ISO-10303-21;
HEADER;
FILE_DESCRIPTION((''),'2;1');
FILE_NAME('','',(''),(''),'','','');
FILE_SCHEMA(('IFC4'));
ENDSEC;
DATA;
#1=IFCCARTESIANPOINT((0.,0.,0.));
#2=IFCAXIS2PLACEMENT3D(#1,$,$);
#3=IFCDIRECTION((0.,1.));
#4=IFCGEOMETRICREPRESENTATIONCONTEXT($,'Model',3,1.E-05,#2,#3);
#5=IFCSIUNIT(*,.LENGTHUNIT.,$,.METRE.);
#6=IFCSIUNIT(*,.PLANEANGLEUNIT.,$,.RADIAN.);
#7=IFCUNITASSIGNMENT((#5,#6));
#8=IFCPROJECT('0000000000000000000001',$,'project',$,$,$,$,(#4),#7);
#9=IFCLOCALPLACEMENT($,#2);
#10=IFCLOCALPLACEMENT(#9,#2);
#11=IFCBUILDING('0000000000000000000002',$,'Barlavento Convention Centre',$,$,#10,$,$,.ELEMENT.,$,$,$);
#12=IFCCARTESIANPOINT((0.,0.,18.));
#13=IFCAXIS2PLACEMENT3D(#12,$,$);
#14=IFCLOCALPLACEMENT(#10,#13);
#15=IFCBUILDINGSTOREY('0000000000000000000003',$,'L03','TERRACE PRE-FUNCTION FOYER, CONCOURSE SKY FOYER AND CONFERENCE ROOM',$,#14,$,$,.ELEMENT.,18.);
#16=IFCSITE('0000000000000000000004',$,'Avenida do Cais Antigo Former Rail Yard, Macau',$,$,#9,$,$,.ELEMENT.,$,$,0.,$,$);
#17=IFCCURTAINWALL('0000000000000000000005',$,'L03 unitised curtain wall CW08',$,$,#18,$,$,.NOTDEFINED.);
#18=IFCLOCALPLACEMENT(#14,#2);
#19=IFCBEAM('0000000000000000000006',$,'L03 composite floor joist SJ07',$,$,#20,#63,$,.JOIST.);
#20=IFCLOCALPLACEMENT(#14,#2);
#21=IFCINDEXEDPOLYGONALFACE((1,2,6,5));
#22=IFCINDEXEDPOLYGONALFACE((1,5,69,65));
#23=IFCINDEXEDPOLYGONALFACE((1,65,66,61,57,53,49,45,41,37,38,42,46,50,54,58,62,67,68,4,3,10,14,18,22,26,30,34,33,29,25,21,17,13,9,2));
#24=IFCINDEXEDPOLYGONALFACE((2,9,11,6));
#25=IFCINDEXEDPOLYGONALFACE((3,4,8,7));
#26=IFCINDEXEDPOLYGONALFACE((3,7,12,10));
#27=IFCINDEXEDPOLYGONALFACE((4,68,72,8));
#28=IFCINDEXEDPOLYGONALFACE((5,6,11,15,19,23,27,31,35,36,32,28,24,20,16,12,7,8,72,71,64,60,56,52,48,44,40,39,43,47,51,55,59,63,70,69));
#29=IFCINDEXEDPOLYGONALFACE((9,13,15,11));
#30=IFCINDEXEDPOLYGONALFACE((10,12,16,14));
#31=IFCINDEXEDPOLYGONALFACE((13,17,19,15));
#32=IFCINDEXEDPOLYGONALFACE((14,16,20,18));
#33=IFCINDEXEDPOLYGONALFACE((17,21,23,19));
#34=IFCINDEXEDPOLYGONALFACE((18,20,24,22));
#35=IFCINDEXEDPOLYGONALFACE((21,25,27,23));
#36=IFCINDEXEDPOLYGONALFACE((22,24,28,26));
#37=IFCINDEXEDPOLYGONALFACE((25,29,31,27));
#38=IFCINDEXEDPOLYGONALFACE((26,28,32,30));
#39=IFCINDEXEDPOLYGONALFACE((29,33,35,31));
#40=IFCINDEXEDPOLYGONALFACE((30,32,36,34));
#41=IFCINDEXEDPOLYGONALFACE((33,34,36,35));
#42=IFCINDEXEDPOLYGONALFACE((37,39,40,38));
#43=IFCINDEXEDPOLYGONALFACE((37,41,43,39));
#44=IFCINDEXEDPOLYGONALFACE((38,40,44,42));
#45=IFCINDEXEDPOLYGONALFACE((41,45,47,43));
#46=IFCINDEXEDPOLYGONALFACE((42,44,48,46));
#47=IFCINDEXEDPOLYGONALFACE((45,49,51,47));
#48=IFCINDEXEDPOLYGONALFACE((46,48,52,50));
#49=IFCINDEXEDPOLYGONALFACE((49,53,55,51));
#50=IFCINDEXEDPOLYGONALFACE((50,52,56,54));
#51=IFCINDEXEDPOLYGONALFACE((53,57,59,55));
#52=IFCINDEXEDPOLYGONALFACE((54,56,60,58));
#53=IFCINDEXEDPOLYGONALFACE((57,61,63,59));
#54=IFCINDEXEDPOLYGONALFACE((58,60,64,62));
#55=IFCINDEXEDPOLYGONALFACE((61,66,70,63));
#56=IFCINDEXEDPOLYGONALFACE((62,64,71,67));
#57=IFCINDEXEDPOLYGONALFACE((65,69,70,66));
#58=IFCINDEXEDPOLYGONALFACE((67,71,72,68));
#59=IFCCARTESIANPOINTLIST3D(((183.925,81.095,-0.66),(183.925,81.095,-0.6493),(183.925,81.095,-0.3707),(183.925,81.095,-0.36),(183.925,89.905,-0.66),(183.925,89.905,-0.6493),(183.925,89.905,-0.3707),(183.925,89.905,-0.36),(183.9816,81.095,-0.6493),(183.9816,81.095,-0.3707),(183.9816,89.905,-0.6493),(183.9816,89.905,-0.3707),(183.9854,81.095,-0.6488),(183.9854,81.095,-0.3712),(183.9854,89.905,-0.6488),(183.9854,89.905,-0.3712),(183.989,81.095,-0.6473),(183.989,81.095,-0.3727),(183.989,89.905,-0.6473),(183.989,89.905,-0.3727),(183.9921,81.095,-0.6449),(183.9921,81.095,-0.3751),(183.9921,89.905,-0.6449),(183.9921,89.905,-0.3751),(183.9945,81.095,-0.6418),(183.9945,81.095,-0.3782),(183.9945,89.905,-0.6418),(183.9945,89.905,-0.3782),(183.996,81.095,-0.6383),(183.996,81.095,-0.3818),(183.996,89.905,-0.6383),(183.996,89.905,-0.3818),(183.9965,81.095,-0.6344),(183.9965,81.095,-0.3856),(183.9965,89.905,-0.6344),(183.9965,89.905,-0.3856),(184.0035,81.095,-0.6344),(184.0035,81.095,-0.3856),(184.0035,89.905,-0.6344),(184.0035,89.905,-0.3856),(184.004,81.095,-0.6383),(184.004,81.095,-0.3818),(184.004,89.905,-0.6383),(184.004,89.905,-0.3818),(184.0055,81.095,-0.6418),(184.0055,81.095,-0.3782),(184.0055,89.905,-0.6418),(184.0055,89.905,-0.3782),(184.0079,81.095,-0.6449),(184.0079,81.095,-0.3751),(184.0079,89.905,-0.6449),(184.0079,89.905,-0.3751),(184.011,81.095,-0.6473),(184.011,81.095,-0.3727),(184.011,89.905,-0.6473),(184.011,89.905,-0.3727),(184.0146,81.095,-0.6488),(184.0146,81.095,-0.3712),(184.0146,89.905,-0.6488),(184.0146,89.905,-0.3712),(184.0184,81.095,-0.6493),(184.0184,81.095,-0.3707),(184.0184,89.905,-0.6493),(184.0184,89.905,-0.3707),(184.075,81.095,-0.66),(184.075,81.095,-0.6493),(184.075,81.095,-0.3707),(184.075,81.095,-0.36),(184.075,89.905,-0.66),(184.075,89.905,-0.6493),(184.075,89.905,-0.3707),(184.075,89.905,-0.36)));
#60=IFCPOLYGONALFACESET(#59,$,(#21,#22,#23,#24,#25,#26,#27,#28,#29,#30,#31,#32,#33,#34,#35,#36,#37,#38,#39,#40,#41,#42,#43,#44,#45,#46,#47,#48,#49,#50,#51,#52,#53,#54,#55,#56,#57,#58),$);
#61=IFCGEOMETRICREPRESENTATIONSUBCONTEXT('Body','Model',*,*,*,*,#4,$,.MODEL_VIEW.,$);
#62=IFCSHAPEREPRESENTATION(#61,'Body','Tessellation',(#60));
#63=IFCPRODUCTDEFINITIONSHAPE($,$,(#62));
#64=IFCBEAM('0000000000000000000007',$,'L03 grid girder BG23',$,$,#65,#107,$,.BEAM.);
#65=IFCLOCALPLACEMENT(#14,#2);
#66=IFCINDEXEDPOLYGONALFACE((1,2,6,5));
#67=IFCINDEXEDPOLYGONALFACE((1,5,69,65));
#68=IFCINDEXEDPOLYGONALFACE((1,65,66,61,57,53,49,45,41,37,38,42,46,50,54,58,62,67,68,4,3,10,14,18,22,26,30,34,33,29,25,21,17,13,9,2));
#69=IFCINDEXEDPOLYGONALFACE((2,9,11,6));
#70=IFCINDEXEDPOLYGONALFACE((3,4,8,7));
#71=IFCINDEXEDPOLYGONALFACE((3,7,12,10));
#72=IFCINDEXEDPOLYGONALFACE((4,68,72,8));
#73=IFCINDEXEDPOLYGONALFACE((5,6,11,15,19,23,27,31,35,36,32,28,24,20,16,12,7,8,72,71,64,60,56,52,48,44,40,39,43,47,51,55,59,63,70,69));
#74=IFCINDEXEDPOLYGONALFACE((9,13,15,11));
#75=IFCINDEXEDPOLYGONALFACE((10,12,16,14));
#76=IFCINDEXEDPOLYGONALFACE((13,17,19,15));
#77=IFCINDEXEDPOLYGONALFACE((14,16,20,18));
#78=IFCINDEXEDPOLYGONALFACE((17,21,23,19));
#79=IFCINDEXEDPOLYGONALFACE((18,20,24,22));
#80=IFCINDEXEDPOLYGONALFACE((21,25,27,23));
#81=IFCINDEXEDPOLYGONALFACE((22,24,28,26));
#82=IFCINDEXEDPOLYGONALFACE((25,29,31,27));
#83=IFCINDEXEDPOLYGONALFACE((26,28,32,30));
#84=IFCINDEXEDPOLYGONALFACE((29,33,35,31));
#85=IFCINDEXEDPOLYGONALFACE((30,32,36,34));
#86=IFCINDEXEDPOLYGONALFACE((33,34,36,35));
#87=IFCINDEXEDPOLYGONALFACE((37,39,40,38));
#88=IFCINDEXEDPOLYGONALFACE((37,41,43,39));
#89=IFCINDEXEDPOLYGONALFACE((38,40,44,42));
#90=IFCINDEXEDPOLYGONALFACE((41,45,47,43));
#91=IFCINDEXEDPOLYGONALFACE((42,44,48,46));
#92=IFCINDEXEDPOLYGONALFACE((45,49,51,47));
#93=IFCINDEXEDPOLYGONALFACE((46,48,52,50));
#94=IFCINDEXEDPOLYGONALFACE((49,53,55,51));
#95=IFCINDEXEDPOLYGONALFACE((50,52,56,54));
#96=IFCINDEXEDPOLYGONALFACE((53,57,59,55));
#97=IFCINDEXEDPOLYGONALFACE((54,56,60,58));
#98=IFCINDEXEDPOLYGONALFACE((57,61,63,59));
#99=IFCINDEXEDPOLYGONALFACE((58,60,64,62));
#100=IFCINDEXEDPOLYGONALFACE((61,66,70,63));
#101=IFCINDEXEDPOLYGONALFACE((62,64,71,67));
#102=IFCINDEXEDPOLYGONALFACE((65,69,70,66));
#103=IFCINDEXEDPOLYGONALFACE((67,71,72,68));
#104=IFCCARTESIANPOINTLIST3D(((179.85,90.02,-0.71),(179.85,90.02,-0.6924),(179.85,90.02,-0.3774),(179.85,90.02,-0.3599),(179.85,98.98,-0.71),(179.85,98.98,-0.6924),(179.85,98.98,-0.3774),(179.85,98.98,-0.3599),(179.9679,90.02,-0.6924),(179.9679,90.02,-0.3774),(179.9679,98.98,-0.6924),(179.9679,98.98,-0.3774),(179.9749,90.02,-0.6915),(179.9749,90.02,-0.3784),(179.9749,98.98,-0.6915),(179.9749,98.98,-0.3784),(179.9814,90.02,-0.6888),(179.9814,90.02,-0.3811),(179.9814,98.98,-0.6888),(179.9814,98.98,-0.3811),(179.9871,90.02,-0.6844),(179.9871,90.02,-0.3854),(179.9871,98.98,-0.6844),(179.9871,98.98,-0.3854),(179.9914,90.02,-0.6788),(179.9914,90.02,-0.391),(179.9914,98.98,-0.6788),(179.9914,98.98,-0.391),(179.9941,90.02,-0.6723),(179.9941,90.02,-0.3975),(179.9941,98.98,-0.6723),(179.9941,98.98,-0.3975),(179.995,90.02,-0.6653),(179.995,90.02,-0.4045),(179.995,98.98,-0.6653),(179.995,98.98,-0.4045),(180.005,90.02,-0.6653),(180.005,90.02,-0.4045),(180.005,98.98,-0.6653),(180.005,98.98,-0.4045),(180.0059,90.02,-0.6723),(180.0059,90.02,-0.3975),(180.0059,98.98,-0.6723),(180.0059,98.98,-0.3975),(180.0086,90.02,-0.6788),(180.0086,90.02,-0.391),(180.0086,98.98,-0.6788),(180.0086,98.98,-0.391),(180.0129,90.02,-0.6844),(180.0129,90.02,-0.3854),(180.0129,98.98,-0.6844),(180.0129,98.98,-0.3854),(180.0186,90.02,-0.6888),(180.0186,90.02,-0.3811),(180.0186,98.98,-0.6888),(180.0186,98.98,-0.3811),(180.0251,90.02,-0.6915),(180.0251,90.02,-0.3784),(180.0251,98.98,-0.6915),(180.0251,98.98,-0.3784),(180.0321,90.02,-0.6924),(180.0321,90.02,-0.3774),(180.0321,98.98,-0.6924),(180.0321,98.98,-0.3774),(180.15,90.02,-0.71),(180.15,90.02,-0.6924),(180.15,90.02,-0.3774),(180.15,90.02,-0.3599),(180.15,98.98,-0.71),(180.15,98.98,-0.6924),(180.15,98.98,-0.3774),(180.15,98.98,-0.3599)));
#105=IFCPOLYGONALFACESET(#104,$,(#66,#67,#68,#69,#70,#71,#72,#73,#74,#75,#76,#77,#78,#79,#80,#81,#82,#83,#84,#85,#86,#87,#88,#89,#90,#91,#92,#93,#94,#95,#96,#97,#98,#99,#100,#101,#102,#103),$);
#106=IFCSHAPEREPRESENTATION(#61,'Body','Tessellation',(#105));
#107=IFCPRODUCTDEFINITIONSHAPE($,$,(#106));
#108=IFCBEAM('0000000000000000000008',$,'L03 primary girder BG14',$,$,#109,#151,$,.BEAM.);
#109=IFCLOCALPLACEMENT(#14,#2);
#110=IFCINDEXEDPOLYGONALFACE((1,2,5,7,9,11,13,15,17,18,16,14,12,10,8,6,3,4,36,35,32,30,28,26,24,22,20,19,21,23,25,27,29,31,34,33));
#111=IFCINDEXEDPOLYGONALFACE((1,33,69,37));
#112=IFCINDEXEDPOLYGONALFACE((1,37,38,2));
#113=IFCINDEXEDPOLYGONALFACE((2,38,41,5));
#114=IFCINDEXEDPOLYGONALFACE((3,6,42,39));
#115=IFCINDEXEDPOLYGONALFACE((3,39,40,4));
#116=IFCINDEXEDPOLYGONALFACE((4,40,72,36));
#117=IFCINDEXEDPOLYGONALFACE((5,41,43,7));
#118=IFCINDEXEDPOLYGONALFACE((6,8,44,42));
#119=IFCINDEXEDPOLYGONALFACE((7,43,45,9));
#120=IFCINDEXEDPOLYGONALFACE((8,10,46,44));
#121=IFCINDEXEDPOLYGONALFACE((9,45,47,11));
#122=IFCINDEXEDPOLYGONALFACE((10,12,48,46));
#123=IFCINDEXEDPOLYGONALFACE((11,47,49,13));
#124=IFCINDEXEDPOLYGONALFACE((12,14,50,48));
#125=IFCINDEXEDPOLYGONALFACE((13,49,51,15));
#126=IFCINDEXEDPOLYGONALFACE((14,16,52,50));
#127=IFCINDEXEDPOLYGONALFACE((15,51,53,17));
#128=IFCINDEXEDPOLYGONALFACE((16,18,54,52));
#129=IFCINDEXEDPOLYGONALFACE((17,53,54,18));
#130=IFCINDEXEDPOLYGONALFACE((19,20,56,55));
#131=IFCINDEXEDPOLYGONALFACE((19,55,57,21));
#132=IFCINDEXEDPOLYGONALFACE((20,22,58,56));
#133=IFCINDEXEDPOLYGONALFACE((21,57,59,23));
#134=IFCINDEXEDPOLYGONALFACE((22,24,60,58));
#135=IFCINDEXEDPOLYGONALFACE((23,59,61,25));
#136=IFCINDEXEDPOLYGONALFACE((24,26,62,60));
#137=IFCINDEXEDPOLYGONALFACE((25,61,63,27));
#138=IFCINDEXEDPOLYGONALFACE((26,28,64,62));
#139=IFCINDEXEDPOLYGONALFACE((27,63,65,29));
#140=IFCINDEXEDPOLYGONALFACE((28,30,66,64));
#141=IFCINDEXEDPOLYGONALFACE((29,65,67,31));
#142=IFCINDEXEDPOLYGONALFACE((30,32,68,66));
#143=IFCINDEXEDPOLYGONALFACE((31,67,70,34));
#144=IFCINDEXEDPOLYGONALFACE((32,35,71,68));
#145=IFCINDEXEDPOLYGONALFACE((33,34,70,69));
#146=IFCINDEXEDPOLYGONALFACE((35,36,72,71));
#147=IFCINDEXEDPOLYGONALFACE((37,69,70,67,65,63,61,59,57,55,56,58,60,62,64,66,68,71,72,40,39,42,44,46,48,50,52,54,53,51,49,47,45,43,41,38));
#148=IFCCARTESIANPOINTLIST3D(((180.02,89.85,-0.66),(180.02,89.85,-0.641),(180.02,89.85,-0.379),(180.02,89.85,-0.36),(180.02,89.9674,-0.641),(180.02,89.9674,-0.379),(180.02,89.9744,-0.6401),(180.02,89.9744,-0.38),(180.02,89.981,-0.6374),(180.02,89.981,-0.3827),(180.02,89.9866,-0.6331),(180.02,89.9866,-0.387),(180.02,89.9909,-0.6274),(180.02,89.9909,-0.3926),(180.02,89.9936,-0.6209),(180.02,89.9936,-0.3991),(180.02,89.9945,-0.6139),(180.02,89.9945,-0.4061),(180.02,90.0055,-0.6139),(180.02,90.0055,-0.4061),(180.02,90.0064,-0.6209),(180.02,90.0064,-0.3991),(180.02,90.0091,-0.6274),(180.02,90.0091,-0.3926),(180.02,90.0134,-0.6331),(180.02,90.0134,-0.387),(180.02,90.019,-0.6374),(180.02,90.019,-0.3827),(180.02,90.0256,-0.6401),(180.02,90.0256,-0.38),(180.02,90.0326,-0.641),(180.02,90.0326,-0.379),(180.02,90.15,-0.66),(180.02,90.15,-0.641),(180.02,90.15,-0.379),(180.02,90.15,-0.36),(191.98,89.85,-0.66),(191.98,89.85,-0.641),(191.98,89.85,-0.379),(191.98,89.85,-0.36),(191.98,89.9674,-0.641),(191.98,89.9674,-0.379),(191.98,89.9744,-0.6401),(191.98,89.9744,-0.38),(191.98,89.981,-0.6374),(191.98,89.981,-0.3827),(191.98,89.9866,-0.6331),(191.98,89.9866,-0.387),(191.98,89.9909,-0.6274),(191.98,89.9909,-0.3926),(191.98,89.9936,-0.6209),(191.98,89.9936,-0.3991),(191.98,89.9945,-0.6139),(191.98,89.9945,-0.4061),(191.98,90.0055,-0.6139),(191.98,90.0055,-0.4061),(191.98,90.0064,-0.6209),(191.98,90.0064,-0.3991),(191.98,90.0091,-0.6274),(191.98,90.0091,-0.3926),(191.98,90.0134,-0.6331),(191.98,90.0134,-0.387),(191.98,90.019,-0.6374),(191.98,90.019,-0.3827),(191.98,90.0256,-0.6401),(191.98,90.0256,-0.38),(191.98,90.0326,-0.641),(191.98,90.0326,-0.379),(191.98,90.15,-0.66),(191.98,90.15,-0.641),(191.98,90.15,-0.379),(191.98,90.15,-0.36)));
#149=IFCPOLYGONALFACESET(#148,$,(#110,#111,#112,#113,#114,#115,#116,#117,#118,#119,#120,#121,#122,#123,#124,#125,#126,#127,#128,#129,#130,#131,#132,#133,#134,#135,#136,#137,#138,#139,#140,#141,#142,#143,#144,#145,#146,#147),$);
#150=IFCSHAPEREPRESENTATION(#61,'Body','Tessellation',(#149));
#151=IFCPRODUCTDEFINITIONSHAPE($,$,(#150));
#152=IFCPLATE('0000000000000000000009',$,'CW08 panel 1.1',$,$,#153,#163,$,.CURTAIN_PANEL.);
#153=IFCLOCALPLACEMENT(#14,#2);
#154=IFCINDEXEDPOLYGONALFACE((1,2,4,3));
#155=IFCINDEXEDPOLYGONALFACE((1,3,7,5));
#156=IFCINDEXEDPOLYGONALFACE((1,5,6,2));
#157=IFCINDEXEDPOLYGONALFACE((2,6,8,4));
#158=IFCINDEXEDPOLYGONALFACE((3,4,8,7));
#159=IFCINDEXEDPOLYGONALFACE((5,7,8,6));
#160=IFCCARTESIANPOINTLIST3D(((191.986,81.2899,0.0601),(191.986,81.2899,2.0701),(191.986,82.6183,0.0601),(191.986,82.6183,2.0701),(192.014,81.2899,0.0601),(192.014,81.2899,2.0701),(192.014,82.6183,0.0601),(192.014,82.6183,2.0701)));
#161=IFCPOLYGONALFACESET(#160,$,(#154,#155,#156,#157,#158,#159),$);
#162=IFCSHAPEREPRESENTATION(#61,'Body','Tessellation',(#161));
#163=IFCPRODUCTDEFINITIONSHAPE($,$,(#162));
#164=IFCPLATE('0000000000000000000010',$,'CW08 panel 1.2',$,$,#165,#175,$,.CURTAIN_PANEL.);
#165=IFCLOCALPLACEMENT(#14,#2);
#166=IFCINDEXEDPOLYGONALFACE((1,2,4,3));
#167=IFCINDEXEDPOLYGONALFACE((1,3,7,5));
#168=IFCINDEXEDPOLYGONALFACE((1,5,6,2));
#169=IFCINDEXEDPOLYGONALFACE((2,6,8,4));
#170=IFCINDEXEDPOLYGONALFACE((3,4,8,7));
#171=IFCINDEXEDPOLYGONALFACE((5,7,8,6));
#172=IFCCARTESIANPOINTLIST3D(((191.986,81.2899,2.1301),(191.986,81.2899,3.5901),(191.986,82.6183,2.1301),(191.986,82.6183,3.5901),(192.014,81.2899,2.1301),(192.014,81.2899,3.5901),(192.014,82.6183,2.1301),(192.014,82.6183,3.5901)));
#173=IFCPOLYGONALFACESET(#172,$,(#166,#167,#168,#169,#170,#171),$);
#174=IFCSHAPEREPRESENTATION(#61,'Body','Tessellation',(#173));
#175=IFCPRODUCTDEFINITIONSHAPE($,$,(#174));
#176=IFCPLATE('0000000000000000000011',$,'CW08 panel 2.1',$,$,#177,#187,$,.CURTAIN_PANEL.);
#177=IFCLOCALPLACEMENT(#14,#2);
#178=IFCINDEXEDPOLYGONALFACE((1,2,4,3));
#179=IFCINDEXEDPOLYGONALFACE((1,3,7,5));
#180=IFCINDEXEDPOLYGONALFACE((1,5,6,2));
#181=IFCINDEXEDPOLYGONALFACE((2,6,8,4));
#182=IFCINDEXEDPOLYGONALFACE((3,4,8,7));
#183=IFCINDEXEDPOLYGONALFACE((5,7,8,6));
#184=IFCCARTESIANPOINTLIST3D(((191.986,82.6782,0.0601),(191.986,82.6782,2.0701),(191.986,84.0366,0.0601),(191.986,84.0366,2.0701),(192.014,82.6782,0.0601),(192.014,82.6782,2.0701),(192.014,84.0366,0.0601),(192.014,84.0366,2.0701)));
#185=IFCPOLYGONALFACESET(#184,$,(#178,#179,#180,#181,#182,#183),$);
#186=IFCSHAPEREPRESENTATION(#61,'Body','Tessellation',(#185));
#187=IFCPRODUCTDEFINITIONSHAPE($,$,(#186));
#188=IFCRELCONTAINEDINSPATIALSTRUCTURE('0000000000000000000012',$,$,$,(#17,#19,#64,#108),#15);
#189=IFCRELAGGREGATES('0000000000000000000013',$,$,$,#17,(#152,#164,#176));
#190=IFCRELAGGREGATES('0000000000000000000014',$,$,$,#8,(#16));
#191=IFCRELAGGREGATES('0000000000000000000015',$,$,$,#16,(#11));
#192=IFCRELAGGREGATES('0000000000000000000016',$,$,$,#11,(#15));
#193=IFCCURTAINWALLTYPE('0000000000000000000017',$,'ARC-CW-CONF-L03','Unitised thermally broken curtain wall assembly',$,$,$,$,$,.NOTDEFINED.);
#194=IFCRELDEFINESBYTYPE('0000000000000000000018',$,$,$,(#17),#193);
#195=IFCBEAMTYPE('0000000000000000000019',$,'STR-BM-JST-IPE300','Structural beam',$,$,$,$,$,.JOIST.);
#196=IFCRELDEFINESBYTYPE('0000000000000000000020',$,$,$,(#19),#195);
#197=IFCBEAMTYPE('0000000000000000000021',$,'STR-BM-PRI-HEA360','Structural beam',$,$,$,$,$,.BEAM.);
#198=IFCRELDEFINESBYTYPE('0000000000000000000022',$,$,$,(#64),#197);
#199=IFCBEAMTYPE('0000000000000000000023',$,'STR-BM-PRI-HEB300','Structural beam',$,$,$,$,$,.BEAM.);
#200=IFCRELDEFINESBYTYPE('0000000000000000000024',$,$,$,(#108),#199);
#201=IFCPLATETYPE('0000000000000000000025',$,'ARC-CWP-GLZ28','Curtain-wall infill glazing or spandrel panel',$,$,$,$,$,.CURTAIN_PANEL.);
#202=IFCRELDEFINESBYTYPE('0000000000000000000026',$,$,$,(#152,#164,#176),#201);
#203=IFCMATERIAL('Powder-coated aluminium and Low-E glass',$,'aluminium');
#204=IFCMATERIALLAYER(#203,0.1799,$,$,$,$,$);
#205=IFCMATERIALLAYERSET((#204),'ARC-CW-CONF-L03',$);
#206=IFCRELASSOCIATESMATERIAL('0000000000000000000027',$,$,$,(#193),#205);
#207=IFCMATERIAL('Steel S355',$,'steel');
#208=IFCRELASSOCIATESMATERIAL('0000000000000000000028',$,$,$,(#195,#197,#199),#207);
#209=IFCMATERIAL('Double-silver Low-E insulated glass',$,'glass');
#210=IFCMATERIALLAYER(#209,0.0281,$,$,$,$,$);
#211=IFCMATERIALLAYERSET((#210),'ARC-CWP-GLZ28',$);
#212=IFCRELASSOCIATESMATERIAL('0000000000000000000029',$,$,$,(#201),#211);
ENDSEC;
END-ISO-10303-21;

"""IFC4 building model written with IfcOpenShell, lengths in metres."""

from ifc_helpers import new_model, si_unit, direction, frame, origin, origin_2d, place, context, subcontext, project, spatial, rectangle, i_section, extrude, material, layer, layer_set, material_profile, profile_set, type_object, element, aggregate, save


model = new_model("IFC4")

# Units and contexts
model_context = context("Model", 3, precision=1e-05, world=origin(), true_north=direction((0.0, 1.0)))
body_context = subcontext(model_context, "Body", "Model", "MODEL_VIEW")
ifc_project = project(units=[si_unit("LENGTHUNIT", "METRE"), si_unit("PLANEANGLEUNIT", "RADIAN")], contexts=[model_context])

# Site, building, storey
site_placement = place(None, origin())
site = spatial("IfcSite", under=ifc_project, at=site_placement, Name="Avenida do Cais Antigo Former Rail Yard, Macau", CompositionType="ELEMENT", RefElevation=0.0)
building_placement = place(site_placement, origin())
building = spatial("IfcBuilding", under=site, at=building_placement, Name="Barlavento Convention Centre", CompositionType="ELEMENT")
storey_placement = place(building_placement, frame((0.0, 0.0, 18.0)))
storey = spatial("IfcBuildingStorey", under=building, at=storey_placement, Name="L03", Description="TERRACE PRE-FUNCTION FOYER, CONCOURSE SKY FOYER AND CONFERENCE ROOM", CompositionType="ELEMENT", Elevation=18.0)

# Shared definitions
ifc_material_1 = material(Name="Steel S355", Category="steel")

# Curtain wall
ifc_material_2 = material(Name="Powder-coated aluminium and Low-E glass", Category="aluminium")
ifc_layer_1 = layer(ifc_material_2, 0.1799)
ifc_layer_set_1 = layer_set([ifc_layer_1], Name="ARC-CW-CONF-L03")
curtain_wall_type = type_object("IfcCurtainWallType", Name="ARC-CW-CONF-L03", Description="Unitised thermally broken curtain wall assembly", PredefinedType="NOTDEFINED", material=ifc_layer_set_1)
curtain_wall_placement = place(storey_placement, origin())
curtain_wall = element("IfcCurtainWall", 1, at=curtain_wall_placement, inside=storey, type_object=curtain_wall_type, Name="L03 unitised curtain wall CW08", PredefinedType="NOTDEFINED")

# Beams
ifc_material_profile_1 = material_profile(ifc_material_1, i_section(OverallWidth=0.1499, OverallDepth=0.3, WebThickness=0.0071, FlangeThickness=0.0107, FilletRadius=0.0149, at=origin_2d()), Name="IPE 300")
ifc_profile_set_1 = profile_set([ifc_material_profile_1], Name="Steel S355")
beam_type_1 = type_object("IfcBeamType", Name="STR-BM-JST-IPE300", Description="Structural beam", PredefinedType="JOIST", material=ifc_profile_set_1)
beam_1_placement = place(storey_placement, frame((184.0, 81.095, -0.51), z_axis=(0.0, 1.0, 0.0), x_axis=(-1.0, 0.0, 0.0)))
element("IfcBeam", 2, at=beam_1_placement, inside=storey, type_object=beam_type_1, Name="L03 composite floor joist SJ07", PredefinedType="JOIST", context=body_context, shape_type="SweptSolid", body=[
    extrude(i_section(OverallWidth=0.1499, OverallDepth=0.3, WebThickness=0.0071, FlangeThickness=0.0107, FilletRadius=0.0149, at=origin_2d()), origin(), (0.0, 0.0, 1.0), 8.8101),
])
ifc_material_profile_2 = material_profile(ifc_material_1, i_section(OverallWidth=0.3, OverallDepth=0.3501, WebThickness=0.01, FlangeThickness=0.0176, FilletRadius=0.0271, at=origin_2d()), Name="HEA 360")
ifc_profile_set_2 = profile_set([ifc_material_profile_2], Name="Steel S355")
beam_type_2 = type_object("IfcBeamType", Name="STR-BM-PRI-HEA360", Description="Structural beam", PredefinedType="BEAM", material=ifc_profile_set_2)
beam_2_placement = place(storey_placement, frame((180.0, 90.02, -0.5349), z_axis=(0.0, 1.0, 0.0), x_axis=(-1.0, 0.0, 0.0)))
element("IfcBeam", 3, at=beam_2_placement, inside=storey, type_object=beam_type_2, Name="L03 grid girder BG23", PredefinedType="BEAM", context=body_context, shape_type="SweptSolid", body=[
    extrude(i_section(OverallWidth=0.3, OverallDepth=0.3501, WebThickness=0.01, FlangeThickness=0.0176, FilletRadius=0.0271, at=origin_2d()), origin(), (0.0, 0.0, 1.0), 8.96),
])
ifc_material_profile_3 = material_profile(ifc_material_1, i_section(OverallWidth=0.3, OverallDepth=0.3, WebThickness=0.011, FlangeThickness=0.019, FilletRadius=0.0271, at=origin_2d()), Name="HEB 300")
ifc_profile_set_3 = profile_set([ifc_material_profile_3], Name="Steel S355")
beam_type_3 = type_object("IfcBeamType", Name="STR-BM-PRI-HEB300", Description="Structural beam", PredefinedType="BEAM", material=ifc_profile_set_3)
beam_3_placement = place(storey_placement, frame((180.02, 90.0, -0.51), z_axis=(1.0, 0.0, 0.0), x_axis=(0.0, 1.0, 0.0)))
element("IfcBeam", 4, at=beam_3_placement, inside=storey, type_object=beam_type_3, Name="L03 primary girder BG14", PredefinedType="BEAM", context=body_context, shape_type="SweptSolid", body=[
    extrude(i_section(OverallWidth=0.3, OverallDepth=0.3, WebThickness=0.011, FlangeThickness=0.019, FilletRadius=0.0271, at=origin_2d()), origin(), (0.0, 0.0, 1.0), 11.96),
])

# Plates
ifc_material_3 = material(Name="Double-silver Low-E insulated glass", Category="glass")
ifc_layer_2 = layer(ifc_material_3, 0.0281)
ifc_layer_set_2 = layer_set([ifc_layer_2], Name="ARC-CWP-GLZ28")
plate_type = type_object("IfcPlateType", Name="ARC-CWP-GLZ28", Description="Curtain-wall infill glazing or spandrel panel", PredefinedType="CURTAIN_PANEL", material=ifc_layer_set_2)
plate_1_placement = place(storey_placement, frame((192.0, 81.9541, 0.0601), z_axis=(0.0, 0.0, 1.0), x_axis=(0.0, 1.0, 0.0)))
plate_1 = element("IfcPlate", 5, at=plate_1_placement, type_object=plate_type, Name="CW08 panel 1.1", PredefinedType="CURTAIN_PANEL", context=body_context, shape_type="SweptSolid", body=[
    extrude(rectangle(XDim=1.3284, YDim=0.0281, at=origin_2d()), origin(), (0.0, 0.0, 1.0), 2.01),
])
plate_2_placement = place(storey_placement, frame((192.0, 81.9541, 2.1301), z_axis=(0.0, 0.0, 1.0), x_axis=(0.0, 1.0, 0.0)))
plate_2 = element("IfcPlate", 6, at=plate_2_placement, type_object=plate_type, Name="CW08 panel 1.2", PredefinedType="CURTAIN_PANEL", context=body_context, shape_type="SweptSolid", body=[
    extrude(rectangle(XDim=1.3284, YDim=0.0281, at=origin_2d()), origin(), (0.0, 0.0, 1.0), 1.46),
])
plate_3_placement = place(storey_placement, frame((192.0, 83.3574, 0.0601), z_axis=(0.0, 0.0, 1.0), x_axis=(0.0, 1.0, 0.0)))
plate_3 = element("IfcPlate", 7, at=plate_3_placement, type_object=plate_type, Name="CW08 panel 2.1", PredefinedType="CURTAIN_PANEL", context=body_context, shape_type="SweptSolid", body=[
    extrude(rectangle(XDim=1.3584, YDim=0.0281, at=origin_2d()), origin(), (0.0, 0.0, 1.0), 2.01),
])
aggregate(curtain_wall, [plate_1, plate_2, plate_3])

save(model, "model.ifc")
